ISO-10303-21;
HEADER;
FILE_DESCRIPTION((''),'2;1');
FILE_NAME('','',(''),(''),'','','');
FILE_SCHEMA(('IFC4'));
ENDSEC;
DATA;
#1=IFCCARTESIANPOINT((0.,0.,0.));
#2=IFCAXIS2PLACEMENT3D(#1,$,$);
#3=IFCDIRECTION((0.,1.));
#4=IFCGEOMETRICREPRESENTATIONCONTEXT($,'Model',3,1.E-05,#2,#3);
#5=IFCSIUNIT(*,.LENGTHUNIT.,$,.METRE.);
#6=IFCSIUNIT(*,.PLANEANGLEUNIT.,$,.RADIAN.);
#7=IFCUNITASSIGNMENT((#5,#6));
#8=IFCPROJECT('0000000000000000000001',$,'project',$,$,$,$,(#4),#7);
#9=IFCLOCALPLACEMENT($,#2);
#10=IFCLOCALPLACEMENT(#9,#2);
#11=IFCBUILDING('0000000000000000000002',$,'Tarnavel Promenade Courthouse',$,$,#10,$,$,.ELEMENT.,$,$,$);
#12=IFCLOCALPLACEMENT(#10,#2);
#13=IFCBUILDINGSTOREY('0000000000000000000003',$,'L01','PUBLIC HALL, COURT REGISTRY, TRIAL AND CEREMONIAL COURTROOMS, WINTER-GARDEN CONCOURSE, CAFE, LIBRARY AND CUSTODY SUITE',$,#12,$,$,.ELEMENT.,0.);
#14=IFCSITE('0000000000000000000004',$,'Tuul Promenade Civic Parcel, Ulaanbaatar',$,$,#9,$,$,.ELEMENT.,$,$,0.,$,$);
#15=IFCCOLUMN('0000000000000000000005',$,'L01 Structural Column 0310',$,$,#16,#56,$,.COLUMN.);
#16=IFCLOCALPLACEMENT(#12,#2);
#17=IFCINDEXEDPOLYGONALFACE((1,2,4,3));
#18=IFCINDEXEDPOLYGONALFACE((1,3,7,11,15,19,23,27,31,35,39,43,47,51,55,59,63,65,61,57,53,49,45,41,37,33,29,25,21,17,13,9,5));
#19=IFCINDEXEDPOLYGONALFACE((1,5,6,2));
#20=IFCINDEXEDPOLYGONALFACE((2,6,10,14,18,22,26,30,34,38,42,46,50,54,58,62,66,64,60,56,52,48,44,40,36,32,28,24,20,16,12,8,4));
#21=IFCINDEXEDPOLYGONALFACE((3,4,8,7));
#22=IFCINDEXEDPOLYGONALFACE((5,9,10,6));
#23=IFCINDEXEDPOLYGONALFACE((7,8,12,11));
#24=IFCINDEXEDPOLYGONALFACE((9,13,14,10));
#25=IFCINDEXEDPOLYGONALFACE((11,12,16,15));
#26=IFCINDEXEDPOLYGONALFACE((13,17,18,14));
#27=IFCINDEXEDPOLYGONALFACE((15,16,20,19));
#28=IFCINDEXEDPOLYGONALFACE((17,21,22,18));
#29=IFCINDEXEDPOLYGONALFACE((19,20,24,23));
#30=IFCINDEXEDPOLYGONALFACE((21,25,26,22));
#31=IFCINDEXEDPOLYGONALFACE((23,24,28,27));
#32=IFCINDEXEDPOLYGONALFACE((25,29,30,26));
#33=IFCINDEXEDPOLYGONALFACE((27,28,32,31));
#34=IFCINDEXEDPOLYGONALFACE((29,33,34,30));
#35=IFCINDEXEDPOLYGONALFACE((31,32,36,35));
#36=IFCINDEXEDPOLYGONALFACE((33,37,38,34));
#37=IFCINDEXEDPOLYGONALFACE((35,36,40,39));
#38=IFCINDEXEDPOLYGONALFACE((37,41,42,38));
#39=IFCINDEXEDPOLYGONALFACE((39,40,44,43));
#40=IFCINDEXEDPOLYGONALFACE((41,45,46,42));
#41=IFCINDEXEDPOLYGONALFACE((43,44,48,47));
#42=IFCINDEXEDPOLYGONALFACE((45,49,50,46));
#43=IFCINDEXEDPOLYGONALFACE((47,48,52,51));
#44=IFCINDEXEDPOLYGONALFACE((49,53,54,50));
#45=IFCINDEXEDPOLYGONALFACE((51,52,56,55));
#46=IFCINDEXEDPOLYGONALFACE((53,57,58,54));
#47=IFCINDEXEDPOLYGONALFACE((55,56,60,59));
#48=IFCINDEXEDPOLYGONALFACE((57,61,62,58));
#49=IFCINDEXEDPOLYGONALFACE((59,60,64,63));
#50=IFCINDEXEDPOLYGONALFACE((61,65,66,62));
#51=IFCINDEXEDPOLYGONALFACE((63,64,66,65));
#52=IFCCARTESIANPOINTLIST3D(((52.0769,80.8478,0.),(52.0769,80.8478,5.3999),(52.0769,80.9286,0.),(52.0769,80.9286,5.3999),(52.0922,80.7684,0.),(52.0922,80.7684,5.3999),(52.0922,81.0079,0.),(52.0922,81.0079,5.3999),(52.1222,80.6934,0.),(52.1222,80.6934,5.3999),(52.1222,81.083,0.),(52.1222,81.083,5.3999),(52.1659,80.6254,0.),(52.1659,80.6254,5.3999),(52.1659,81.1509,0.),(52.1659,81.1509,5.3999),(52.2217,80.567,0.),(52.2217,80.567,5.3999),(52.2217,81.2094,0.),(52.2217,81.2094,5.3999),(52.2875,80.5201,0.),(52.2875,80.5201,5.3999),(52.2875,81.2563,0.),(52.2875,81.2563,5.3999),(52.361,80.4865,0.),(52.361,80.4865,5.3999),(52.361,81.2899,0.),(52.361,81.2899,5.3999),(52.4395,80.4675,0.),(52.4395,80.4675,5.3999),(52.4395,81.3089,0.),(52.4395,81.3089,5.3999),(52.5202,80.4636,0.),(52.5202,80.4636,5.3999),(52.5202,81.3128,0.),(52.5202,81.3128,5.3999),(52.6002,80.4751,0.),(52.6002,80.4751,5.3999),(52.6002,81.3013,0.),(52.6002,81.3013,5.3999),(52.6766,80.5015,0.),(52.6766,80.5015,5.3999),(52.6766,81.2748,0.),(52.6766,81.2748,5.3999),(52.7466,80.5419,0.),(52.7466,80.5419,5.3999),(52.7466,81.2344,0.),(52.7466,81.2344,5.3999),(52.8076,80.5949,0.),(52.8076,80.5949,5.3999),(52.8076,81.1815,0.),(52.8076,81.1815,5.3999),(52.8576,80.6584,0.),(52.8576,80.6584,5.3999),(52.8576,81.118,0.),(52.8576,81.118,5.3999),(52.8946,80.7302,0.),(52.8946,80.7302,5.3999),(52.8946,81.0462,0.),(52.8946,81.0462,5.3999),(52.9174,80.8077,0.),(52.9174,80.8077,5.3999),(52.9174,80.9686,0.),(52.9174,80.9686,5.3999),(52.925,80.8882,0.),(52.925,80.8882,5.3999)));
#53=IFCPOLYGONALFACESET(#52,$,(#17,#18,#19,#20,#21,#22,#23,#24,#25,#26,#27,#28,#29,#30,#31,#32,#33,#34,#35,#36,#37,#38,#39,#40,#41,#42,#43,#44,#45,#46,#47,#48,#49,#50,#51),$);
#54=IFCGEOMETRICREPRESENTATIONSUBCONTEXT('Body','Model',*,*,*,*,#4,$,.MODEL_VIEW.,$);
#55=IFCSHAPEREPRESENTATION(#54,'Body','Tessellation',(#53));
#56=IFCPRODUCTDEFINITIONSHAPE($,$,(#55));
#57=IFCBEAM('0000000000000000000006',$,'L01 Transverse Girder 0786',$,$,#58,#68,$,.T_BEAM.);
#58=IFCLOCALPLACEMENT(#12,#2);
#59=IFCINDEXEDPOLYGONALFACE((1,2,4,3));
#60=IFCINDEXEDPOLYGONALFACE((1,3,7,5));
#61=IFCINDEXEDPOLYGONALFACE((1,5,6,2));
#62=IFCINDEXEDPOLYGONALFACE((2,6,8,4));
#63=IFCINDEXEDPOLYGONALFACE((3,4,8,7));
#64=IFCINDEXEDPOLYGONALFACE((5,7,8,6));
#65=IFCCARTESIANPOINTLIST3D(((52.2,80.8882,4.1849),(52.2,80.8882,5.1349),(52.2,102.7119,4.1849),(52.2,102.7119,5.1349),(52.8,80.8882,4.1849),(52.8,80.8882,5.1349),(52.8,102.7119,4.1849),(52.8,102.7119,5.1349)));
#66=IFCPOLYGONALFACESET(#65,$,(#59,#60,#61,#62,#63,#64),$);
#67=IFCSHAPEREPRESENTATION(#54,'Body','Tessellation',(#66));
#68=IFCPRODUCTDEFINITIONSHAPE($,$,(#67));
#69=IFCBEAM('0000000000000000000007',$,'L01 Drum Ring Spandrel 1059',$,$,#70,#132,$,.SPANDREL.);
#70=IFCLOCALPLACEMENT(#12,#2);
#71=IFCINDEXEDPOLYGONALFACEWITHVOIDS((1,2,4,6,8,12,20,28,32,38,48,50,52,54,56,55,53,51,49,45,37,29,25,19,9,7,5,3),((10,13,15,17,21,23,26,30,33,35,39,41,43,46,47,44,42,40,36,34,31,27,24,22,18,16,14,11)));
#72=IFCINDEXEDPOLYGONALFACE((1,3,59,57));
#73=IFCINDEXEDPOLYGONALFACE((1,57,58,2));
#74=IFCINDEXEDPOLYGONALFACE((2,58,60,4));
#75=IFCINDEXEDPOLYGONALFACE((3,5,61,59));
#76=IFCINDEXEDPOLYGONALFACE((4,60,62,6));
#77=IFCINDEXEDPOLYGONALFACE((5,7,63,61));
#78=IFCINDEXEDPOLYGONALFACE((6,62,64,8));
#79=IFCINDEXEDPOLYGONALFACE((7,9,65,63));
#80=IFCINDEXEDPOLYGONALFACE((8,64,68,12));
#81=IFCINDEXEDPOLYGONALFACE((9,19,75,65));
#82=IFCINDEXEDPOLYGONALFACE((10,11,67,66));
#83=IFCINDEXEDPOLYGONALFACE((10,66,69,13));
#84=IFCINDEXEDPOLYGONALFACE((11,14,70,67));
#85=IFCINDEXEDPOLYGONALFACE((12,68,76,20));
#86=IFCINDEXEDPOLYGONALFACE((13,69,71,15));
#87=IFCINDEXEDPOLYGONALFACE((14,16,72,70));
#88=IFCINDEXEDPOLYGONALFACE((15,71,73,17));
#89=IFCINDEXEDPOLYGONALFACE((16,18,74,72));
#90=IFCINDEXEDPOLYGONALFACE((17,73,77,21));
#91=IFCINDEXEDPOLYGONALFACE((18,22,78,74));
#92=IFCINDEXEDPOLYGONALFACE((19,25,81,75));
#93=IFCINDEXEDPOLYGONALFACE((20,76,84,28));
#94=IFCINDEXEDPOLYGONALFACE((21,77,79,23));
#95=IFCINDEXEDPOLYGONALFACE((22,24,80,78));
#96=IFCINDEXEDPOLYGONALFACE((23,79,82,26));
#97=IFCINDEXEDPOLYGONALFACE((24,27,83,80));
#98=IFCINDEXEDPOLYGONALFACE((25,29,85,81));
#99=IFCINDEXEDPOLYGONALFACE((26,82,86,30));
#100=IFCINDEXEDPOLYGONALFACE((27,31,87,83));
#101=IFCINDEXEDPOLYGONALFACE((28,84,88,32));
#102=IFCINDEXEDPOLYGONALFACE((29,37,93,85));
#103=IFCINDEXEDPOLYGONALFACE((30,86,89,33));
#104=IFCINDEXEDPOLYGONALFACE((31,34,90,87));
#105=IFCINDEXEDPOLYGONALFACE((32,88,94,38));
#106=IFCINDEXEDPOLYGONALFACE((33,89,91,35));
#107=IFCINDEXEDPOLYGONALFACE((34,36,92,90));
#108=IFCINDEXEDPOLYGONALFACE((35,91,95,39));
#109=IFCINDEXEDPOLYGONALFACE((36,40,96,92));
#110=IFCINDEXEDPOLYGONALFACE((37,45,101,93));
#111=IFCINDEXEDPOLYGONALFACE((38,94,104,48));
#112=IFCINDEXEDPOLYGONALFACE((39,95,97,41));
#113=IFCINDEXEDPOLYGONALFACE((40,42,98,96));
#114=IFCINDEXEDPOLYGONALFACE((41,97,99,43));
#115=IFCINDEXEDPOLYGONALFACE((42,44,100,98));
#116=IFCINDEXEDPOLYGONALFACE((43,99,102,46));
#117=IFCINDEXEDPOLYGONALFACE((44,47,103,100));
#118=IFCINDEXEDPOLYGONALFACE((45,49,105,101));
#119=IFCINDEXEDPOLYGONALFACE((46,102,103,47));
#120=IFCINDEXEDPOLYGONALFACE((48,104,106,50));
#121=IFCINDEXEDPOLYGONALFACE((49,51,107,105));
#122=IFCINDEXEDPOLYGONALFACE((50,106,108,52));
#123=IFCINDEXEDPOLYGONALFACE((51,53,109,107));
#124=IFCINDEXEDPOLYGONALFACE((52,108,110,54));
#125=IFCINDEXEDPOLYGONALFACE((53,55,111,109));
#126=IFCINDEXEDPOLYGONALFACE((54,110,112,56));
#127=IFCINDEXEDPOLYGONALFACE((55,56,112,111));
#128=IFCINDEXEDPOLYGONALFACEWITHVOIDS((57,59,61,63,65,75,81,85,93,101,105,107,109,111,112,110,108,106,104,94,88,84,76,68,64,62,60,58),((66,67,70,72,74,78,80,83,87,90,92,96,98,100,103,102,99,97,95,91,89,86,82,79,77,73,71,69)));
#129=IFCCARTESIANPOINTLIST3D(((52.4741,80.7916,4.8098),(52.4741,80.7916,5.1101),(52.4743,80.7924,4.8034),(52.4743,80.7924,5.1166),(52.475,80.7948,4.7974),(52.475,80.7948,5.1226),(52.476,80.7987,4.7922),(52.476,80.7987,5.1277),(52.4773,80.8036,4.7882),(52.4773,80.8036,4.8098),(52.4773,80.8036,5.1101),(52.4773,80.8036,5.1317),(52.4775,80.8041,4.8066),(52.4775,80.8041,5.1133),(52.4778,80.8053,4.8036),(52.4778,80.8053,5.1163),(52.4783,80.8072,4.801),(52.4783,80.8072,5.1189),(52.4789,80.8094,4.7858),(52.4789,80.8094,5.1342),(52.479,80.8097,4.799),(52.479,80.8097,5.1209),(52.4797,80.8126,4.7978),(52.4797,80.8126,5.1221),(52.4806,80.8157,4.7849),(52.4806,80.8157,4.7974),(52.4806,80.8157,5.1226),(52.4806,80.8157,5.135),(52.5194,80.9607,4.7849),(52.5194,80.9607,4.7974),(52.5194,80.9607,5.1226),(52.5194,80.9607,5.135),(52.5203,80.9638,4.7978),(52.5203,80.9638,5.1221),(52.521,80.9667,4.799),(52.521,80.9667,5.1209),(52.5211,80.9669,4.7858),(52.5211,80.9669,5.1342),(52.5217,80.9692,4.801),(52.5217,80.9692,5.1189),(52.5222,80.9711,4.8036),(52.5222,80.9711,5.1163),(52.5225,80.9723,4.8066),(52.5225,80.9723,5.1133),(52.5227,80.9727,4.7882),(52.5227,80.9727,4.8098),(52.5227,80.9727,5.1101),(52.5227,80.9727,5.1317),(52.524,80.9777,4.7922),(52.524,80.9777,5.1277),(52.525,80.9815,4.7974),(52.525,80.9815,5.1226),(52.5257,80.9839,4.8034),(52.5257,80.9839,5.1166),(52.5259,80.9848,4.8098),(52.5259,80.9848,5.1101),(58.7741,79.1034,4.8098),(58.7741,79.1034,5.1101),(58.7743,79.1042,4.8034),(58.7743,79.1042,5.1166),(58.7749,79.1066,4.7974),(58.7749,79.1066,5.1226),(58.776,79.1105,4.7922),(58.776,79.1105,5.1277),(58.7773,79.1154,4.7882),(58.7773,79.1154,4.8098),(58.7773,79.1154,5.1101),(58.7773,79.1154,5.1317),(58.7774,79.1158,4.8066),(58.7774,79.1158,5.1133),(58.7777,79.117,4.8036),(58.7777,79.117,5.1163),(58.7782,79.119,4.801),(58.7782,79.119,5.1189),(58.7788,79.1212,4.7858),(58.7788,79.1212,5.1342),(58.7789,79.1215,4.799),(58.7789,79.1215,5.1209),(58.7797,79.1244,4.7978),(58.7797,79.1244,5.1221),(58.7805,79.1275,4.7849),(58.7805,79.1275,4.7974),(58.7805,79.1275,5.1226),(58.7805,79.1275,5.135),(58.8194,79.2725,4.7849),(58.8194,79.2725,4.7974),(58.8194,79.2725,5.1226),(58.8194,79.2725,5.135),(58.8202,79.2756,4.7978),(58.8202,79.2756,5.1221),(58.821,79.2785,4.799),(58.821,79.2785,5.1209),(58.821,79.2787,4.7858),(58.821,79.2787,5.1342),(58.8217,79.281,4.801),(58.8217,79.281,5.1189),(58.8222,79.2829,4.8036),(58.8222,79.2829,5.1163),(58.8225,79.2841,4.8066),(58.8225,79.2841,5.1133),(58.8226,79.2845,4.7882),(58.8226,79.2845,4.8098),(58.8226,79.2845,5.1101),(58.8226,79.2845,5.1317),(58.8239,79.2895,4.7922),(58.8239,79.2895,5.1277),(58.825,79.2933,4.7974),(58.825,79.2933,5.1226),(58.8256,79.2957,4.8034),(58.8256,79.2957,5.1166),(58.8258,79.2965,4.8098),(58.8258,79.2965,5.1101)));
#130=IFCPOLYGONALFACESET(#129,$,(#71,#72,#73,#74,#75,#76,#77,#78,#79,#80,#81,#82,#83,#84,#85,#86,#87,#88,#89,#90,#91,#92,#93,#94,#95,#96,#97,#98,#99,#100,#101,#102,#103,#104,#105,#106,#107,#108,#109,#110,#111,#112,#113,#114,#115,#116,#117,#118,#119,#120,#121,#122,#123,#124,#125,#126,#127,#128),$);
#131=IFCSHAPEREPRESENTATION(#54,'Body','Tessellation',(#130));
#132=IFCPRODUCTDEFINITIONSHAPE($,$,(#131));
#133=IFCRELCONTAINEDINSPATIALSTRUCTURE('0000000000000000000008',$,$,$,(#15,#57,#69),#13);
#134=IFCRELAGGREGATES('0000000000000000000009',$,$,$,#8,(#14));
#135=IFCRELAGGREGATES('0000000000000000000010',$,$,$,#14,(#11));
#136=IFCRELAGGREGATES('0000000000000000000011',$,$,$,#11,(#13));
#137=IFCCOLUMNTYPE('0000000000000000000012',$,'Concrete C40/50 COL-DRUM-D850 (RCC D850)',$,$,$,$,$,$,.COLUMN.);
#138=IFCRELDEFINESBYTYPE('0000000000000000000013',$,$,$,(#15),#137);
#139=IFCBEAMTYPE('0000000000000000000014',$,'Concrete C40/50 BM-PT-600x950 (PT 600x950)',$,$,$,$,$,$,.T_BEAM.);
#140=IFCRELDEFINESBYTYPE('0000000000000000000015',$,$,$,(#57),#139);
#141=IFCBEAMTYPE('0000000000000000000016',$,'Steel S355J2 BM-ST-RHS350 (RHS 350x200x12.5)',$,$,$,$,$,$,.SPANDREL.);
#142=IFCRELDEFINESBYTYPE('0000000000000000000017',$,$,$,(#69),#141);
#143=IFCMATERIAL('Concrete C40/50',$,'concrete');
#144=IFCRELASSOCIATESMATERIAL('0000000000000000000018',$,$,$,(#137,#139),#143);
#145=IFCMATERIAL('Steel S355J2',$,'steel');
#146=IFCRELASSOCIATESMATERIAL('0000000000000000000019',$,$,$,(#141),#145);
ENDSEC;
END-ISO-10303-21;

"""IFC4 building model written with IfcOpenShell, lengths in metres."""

from ifc_helpers import new_model, si_unit, direction, frame, origin, origin_2d, place, context, subcontext, project, spatial, rectangle, hollow_rectangle, circle, extrude, material, material_profile, profile_set, type_object, element, save


model = new_model("IFC4")

# Units and contexts
model_context = context("Model", 3, precision=1e-05, world=origin(), true_north=direction((0.0, 1.0)))
body_context = subcontext(model_context, "Body", "Model", "MODEL_VIEW")
ifc_project = project(units=[si_unit("LENGTHUNIT", "METRE"), si_unit("PLANEANGLEUNIT", "RADIAN")], contexts=[model_context])

# Site, building, storey
site_placement = place(None, origin())
site = spatial("IfcSite", under=ifc_project, at=site_placement, Name="Tuul Promenade Civic Parcel, Ulaanbaatar", CompositionType="ELEMENT", RefElevation=0.0)
building_placement = place(site_placement, origin())
building = spatial("IfcBuilding", under=site, at=building_placement, Name="Tarnavel Promenade Courthouse", CompositionType="ELEMENT")
storey_placement = place(building_placement, origin())
storey = spatial("IfcBuildingStorey", under=building, at=storey_placement, Name="L01", Description="PUBLIC HALL, COURT REGISTRY, TRIAL AND CEREMONIAL COURTROOMS, WINTER-GARDEN CONCOURSE, CAFE, LIBRARY AND CUSTODY SUITE", CompositionType="ELEMENT", Elevation=0.0)

# Column
ifc_material_1 = material(Name="Concrete C40/50", Category="concrete")
ifc_material_profile_1 = material_profile(ifc_material_1, circle(Radius=0.425, at=origin_2d()), Name="RCC D850")
ifc_profile_set_1 = profile_set([ifc_material_profile_1], Name="Concrete C40/50")
column_type = type_object("IfcColumnType", Name="Concrete C40/50 COL-DRUM-D850 (RCC D850)", PredefinedType="COLUMN", material=ifc_profile_set_1)
column_placement = place(storey_placement, frame((52.5, 80.8882, 0.0), z_axis=(0.0, 0.0, 1.0), x_axis=(1.0, 0.0, 0.0)))
element("IfcColumn", 1, at=column_placement, inside=storey, type_object=column_type, Name="L01 Structural Column 0310", PredefinedType="COLUMN", context=body_context, shape_type="SweptSolid", body=[
    extrude(circle(Radius=0.425, at=origin_2d()), origin(), (0.0, 0.0, 1.0), 5.3999),
])

# Beams
ifc_material_profile_2 = material_profile(ifc_material_1, rectangle(XDim=0.6001, YDim=0.95, at=origin_2d()), Name="PT 600x950")
ifc_profile_set_2 = profile_set([ifc_material_profile_2], Name="Concrete C40/50")
beam_type_1 = type_object("IfcBeamType", Name="Concrete C40/50 BM-PT-600x950 (PT 600x950)", PredefinedType="T_BEAM", material=ifc_profile_set_2)
beam_1_placement = place(storey_placement, frame((52.5, 80.8882, 4.6599), z_axis=(0.0, 1.0, 0.0), x_axis=(-1.0, 0.0, 0.0)))
element("IfcBeam", 2, at=beam_1_placement, inside=storey, type_object=beam_type_1, Name="L01 Transverse Girder 0786", PredefinedType="T_BEAM", context=body_context, shape_type="SweptSolid", body=[
    extrude(rectangle(XDim=0.6001, YDim=0.95, at=origin_2d()), origin(), (0.0, 0.0, 1.0), 21.8237),
])
ifc_material_2 = material(Name="Steel S355J2", Category="steel")
ifc_material_profile_3 = material_profile(ifc_material_2, hollow_rectangle(XDim=0.2, YDim=0.3501, WallThickness=0.0125, InnerFilletRadius=0.0125, OuterFilletRadius=0.0249, at=origin_2d()), Name="RHS 350x200x12.5")
ifc_profile_set_3 = profile_set([ifc_material_profile_3], Name="Steel S355J2")
beam_type_2 = type_object("IfcBeamType", Name="Steel S355J2 BM-ST-RHS350 (RHS 350x200x12.5)", PredefinedType="SPANDREL", material=ifc_profile_set_3)
beam_2_placement = place(storey_placement, frame((52.5, 80.8882, 4.96), z_axis=(0.96592, -0.258839, 0.0), x_axis=(0.258839, 0.96592, 0.0)))
element("IfcBeam", 3, at=beam_2_placement, inside=storey, type_object=beam_type_2, Name="L01 Drum Ring Spandrel 1059", PredefinedType="SPANDREL", context=body_context, shape_type="SweptSolid", body=[
    extrude(hollow_rectangle(XDim=0.2, YDim=0.3501, WallThickness=0.0125, InnerFilletRadius=0.0125, OuterFilletRadius=0.0249, at=origin_2d()), origin(), (0.0, 0.0, 1.0), 6.5222),
])

save(model, "model.ifc")
